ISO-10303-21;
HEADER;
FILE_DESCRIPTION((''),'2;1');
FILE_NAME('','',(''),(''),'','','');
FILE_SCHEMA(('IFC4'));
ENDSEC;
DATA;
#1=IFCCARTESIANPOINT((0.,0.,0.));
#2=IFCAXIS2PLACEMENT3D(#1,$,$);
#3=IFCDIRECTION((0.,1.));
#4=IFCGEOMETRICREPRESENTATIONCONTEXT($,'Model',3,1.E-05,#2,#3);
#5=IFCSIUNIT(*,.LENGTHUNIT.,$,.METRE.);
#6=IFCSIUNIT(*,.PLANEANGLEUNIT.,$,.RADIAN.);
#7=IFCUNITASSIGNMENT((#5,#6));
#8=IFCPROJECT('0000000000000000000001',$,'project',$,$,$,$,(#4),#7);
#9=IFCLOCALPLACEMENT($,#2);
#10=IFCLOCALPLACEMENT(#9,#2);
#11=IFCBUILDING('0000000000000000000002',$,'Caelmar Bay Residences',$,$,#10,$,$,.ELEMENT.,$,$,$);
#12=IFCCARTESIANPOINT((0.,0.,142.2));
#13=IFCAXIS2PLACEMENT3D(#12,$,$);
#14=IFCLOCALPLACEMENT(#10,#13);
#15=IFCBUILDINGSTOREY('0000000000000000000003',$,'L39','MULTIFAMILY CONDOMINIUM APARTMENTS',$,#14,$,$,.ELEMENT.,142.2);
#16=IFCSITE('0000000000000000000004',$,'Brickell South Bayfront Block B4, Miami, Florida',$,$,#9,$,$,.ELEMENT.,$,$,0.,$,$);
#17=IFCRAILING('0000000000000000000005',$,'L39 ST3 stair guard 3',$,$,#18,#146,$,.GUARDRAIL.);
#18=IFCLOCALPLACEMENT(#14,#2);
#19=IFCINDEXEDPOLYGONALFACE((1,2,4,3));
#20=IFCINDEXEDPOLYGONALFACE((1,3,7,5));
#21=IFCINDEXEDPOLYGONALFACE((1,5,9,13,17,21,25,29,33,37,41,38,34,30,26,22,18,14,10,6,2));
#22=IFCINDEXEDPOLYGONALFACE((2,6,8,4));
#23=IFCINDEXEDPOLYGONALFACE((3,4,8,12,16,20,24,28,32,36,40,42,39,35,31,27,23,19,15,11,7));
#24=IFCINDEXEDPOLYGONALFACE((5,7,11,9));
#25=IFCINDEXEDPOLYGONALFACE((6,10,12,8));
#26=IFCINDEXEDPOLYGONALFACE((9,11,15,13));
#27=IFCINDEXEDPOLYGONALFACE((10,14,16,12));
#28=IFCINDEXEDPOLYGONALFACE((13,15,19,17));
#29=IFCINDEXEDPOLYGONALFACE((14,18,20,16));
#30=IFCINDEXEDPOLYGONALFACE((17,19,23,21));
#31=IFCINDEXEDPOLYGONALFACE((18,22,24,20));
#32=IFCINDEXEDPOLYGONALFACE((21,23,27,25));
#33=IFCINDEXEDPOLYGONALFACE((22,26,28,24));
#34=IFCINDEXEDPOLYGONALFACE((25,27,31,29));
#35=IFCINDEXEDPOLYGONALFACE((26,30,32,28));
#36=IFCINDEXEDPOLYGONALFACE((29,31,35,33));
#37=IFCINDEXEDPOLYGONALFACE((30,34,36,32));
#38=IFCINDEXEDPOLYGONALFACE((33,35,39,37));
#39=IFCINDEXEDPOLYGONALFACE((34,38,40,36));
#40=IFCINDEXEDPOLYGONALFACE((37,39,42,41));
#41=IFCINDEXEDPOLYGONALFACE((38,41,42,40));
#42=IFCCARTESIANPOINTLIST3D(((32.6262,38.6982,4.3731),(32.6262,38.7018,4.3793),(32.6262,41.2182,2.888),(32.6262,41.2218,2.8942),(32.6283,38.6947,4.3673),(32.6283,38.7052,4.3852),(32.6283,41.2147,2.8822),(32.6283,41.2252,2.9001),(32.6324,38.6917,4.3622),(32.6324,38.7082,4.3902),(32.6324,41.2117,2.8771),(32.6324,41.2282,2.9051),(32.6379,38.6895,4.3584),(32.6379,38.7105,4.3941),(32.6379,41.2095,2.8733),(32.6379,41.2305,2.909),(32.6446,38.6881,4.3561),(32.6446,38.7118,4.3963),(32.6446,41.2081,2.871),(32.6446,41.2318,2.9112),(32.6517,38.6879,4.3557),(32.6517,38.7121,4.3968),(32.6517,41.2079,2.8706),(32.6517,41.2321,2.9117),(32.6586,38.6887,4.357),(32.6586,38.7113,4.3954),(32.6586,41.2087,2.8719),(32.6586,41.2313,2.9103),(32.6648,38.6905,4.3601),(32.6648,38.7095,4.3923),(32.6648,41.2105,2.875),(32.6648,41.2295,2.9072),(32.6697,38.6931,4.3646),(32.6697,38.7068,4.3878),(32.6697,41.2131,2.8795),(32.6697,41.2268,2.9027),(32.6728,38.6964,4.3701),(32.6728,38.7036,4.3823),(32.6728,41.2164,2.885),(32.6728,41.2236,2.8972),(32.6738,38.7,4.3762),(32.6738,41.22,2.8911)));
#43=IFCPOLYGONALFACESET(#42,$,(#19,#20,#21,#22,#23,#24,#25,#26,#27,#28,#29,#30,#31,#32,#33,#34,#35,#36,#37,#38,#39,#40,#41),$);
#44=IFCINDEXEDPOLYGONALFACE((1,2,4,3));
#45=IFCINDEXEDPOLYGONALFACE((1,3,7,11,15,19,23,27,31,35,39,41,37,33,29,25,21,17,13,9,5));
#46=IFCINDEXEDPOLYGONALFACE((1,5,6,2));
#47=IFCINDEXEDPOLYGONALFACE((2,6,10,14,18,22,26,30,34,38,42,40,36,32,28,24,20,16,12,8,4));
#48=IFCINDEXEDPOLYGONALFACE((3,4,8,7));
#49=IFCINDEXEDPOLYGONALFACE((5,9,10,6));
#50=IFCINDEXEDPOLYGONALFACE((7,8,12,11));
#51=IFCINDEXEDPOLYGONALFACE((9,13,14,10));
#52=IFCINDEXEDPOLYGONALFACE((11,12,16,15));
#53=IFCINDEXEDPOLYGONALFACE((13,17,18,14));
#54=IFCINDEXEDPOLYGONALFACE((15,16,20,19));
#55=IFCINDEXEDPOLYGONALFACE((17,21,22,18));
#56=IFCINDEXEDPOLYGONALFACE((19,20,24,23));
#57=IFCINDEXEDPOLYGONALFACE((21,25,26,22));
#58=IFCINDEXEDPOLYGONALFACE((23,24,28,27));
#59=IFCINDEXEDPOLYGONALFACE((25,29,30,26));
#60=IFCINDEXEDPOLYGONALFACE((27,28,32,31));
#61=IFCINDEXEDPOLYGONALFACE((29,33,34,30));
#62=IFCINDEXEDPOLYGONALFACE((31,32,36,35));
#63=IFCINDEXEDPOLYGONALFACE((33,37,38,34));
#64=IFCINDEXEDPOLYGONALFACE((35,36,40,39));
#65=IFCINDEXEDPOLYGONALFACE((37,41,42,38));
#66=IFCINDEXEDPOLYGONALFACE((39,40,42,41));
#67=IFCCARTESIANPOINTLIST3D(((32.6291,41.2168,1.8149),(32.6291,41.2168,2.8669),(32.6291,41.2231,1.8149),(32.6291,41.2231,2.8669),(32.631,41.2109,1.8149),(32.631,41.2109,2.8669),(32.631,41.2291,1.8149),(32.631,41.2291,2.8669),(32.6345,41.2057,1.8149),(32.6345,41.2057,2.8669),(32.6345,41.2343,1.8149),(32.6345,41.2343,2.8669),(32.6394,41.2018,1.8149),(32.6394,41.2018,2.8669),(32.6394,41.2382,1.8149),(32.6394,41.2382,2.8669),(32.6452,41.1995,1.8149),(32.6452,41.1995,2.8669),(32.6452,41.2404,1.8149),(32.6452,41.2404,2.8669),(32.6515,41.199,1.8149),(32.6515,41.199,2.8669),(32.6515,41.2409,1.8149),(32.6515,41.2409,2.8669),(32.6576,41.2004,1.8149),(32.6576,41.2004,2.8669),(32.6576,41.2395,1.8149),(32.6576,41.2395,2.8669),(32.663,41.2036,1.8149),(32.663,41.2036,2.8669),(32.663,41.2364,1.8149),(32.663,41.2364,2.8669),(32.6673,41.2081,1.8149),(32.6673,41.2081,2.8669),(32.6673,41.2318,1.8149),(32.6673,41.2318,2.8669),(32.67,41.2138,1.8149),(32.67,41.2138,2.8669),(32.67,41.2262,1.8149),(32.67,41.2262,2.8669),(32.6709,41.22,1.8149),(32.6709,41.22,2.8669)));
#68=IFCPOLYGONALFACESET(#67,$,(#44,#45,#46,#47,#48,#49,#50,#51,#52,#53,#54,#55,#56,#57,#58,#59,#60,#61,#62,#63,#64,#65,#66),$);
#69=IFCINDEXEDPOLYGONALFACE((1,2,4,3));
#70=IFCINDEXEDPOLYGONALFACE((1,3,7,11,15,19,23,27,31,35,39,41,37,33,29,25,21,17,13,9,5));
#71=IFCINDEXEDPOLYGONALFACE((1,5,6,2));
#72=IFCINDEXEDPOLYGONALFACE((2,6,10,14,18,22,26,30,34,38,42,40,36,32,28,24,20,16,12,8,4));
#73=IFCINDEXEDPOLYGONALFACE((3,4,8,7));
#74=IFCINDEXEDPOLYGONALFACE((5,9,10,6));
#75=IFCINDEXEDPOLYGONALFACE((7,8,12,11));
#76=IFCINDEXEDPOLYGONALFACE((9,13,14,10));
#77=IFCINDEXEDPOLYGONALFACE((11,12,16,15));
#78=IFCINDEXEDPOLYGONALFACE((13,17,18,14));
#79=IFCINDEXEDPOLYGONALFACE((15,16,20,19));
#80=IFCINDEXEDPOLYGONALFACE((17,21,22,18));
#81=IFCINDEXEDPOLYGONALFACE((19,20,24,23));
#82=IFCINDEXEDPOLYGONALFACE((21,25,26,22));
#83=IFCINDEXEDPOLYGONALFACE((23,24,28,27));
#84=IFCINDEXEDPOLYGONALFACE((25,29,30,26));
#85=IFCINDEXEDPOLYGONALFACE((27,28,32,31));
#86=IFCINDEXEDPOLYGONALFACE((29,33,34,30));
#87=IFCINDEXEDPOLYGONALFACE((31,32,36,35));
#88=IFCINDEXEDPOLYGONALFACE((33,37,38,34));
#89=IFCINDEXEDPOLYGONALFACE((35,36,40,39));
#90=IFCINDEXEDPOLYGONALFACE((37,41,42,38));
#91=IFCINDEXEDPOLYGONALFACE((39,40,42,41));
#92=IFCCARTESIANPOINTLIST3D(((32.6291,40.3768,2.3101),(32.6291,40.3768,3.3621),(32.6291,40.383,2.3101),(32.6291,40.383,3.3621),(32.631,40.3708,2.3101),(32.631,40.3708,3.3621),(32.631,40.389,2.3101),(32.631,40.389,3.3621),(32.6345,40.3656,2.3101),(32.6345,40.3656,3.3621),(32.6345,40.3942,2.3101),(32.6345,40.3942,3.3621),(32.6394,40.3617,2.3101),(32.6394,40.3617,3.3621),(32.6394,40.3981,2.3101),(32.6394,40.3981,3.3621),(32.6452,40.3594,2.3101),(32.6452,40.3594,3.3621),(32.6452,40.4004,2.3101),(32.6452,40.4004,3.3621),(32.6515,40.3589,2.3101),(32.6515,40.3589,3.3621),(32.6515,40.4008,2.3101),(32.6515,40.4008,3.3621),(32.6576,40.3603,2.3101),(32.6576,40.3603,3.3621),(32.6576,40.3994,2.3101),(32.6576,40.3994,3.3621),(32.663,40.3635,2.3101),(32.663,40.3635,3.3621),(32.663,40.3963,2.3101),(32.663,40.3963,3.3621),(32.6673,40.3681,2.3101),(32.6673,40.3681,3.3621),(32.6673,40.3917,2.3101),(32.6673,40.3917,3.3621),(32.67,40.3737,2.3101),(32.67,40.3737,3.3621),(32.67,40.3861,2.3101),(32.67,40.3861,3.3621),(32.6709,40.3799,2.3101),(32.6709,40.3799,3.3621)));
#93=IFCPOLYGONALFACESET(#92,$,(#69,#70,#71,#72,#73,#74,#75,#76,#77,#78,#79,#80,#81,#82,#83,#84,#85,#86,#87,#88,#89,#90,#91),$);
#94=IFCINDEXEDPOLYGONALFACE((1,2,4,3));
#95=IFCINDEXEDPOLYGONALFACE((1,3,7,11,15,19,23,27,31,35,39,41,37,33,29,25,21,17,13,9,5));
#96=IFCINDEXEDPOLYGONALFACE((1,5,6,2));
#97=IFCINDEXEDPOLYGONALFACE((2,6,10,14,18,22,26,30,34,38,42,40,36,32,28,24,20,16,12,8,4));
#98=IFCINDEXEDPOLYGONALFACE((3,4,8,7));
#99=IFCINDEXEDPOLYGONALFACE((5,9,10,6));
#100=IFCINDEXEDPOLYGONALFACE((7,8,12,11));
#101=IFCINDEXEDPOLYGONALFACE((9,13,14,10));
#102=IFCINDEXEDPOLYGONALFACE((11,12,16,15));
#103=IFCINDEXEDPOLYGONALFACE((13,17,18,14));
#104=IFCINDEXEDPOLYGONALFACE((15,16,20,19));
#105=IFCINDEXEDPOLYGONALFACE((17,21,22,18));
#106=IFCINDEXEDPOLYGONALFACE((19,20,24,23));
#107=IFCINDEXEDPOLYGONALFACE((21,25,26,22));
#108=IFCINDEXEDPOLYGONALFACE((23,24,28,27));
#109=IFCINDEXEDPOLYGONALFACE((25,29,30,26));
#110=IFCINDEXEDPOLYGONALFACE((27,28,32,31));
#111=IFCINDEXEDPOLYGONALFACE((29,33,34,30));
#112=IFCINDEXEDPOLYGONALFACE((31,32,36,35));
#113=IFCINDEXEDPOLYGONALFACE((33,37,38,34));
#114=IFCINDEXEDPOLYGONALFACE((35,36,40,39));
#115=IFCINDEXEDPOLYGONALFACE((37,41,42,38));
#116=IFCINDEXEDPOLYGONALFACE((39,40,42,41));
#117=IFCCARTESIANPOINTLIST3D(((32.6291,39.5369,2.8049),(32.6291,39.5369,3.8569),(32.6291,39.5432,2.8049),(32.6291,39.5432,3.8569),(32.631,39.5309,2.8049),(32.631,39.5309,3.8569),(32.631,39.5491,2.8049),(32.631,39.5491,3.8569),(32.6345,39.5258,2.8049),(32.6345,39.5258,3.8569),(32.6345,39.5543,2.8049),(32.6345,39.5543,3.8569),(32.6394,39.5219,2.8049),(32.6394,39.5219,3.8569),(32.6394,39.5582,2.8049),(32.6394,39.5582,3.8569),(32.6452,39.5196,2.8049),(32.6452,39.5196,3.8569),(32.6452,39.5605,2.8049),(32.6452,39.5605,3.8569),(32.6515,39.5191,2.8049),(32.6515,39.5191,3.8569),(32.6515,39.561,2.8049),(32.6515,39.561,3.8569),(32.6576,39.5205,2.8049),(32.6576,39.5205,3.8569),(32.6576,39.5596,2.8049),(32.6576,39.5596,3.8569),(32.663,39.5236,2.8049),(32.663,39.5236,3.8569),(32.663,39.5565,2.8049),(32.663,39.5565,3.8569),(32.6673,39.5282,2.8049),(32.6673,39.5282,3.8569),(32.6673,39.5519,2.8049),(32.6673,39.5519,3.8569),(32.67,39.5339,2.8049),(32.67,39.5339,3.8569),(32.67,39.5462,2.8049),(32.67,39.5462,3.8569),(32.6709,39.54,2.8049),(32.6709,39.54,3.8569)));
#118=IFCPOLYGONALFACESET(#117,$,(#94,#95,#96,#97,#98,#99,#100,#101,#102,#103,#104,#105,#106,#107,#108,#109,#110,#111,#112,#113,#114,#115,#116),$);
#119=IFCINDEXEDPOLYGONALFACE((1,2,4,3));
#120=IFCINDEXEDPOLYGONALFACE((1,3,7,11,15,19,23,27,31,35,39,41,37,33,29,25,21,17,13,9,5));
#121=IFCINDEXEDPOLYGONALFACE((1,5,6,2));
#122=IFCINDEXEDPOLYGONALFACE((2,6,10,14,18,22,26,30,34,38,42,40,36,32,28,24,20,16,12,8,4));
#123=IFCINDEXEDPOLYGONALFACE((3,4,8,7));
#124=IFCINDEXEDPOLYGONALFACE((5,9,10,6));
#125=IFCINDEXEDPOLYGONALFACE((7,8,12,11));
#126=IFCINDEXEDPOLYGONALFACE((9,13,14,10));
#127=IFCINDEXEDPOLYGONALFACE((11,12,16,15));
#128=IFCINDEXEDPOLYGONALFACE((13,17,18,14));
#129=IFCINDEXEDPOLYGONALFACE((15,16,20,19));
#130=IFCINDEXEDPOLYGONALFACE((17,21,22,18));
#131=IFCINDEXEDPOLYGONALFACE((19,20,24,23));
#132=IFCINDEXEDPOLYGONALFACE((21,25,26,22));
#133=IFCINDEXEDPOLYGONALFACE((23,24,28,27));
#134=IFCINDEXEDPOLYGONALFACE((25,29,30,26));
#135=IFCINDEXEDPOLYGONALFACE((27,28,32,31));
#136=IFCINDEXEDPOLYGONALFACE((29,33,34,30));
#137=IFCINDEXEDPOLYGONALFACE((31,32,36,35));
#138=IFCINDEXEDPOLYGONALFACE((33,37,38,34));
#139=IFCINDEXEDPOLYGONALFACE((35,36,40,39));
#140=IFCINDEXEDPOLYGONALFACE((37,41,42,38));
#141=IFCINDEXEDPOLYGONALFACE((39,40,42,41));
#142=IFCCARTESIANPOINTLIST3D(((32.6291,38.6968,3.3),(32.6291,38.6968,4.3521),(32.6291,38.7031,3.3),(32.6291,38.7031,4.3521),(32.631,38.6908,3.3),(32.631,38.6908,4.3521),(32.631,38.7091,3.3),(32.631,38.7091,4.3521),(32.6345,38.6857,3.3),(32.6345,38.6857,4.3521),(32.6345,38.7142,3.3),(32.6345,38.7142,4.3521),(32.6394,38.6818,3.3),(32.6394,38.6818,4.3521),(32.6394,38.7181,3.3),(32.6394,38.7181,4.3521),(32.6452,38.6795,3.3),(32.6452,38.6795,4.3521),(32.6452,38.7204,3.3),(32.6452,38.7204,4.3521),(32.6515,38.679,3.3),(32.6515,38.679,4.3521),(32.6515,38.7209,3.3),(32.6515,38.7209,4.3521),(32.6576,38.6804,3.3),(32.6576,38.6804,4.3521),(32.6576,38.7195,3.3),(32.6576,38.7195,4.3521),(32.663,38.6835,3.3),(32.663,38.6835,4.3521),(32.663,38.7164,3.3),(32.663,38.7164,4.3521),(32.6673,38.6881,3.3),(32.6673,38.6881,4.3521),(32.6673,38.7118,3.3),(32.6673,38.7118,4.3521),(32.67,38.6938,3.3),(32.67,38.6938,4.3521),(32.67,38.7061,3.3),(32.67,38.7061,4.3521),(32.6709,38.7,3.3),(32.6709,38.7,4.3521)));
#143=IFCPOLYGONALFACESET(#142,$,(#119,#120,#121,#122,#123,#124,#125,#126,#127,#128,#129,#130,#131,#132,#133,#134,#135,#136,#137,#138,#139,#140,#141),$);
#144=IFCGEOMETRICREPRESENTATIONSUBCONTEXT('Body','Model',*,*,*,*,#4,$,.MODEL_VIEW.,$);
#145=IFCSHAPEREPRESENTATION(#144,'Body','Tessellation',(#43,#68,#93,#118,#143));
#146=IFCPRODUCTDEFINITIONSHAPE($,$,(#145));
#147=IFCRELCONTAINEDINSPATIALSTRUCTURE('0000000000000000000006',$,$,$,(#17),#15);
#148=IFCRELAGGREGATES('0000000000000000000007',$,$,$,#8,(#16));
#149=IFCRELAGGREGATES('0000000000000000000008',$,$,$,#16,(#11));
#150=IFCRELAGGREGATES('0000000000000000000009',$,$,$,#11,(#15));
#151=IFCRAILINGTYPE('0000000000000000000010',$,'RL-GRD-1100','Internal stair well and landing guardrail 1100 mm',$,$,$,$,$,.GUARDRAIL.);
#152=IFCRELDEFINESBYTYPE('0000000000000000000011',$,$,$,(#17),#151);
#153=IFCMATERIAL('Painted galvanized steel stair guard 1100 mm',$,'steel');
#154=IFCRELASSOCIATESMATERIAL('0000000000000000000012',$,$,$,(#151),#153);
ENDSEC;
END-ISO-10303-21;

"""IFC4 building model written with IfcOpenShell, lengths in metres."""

from ifc_helpers import new_model, si_unit, direction, frame, origin, origin_2d, place, context, subcontext, project, spatial, circle, extrude, material, type_object, element, save


model = new_model("IFC4")

# Units and contexts
model_context = context("Model", 3, precision=1e-05, world=origin(), true_north=direction((0.0, 1.0)))
body_context = subcontext(model_context, "Body", "Model", "MODEL_VIEW")
ifc_project = project(units=[si_unit("LENGTHUNIT", "METRE"), si_unit("PLANEANGLEUNIT", "RADIAN")], contexts=[model_context])

# Site, building, storey
site_placement = place(None, origin())
site = spatial("IfcSite", under=ifc_project, at=site_placement, Name="Brickell South Bayfront Block B4, Miami, Florida", CompositionType="ELEMENT", RefElevation=0.0)
building_placement = place(site_placement, origin())
building = spatial("IfcBuilding", under=site, at=building_placement, Name="Caelmar Bay Residences", CompositionType="ELEMENT")
storey_placement = place(building_placement, frame((0.0, 0.0, 142.2)))
storey = spatial("IfcBuildingStorey", under=building, at=storey_placement, Name="L39", Description="MULTIFAMILY CONDOMINIUM APARTMENTS", CompositionType="ELEMENT", Elevation=142.2)

# Railing
ifc_material_1 = material(Name="Painted galvanized steel stair guard 1100 mm", Category="steel")
railing_type_1 = type_object("IfcRailingType", Name="RL-GRD-1100", Description="Internal stair well and landing guardrail 1100 mm", PredefinedType="GUARDRAIL", material=ifc_material_1)
railing_1_placement = place(storey_placement, frame((32.6499, 41.22, 1.8149)))
element("IfcRailing", 1, at=railing_1_placement, inside=storey, type_object=railing_type_1, Name="L39 ST3 stair guard 3", PredefinedType="GUARDRAIL", context=body_context, shape_type="SweptSolid", body=[
    extrude(circle(Radius=0.0239, at=origin_2d()), frame((0.0, 0.0, 1.0762), z_axis=(0.0, -0.861524, 0.507717), x_axis=(1.0, 0.0, 0.0)), (0.0, 0.0, 1.0), 2.925),
    extrude(circle(Radius=0.021, at=origin_2d()), origin(), (0.0, 0.0, 1.0), 1.052),
    extrude(circle(Radius=0.021, at=origin_2d()), frame((0.0, -0.8401, 0.4951)), (0.0, 0.0, 1.0), 1.052),
    extrude(circle(Radius=0.021, at=origin_2d()), frame((0.0, -1.6799, 0.99)), (0.0, 0.0, 1.0), 1.052),
    extrude(circle(Radius=0.021, at=origin_2d()), frame((0.0, -2.52, 1.4851)), (0.0, 0.0, 1.0), 1.052),
])

save(model, "model.ifc")
